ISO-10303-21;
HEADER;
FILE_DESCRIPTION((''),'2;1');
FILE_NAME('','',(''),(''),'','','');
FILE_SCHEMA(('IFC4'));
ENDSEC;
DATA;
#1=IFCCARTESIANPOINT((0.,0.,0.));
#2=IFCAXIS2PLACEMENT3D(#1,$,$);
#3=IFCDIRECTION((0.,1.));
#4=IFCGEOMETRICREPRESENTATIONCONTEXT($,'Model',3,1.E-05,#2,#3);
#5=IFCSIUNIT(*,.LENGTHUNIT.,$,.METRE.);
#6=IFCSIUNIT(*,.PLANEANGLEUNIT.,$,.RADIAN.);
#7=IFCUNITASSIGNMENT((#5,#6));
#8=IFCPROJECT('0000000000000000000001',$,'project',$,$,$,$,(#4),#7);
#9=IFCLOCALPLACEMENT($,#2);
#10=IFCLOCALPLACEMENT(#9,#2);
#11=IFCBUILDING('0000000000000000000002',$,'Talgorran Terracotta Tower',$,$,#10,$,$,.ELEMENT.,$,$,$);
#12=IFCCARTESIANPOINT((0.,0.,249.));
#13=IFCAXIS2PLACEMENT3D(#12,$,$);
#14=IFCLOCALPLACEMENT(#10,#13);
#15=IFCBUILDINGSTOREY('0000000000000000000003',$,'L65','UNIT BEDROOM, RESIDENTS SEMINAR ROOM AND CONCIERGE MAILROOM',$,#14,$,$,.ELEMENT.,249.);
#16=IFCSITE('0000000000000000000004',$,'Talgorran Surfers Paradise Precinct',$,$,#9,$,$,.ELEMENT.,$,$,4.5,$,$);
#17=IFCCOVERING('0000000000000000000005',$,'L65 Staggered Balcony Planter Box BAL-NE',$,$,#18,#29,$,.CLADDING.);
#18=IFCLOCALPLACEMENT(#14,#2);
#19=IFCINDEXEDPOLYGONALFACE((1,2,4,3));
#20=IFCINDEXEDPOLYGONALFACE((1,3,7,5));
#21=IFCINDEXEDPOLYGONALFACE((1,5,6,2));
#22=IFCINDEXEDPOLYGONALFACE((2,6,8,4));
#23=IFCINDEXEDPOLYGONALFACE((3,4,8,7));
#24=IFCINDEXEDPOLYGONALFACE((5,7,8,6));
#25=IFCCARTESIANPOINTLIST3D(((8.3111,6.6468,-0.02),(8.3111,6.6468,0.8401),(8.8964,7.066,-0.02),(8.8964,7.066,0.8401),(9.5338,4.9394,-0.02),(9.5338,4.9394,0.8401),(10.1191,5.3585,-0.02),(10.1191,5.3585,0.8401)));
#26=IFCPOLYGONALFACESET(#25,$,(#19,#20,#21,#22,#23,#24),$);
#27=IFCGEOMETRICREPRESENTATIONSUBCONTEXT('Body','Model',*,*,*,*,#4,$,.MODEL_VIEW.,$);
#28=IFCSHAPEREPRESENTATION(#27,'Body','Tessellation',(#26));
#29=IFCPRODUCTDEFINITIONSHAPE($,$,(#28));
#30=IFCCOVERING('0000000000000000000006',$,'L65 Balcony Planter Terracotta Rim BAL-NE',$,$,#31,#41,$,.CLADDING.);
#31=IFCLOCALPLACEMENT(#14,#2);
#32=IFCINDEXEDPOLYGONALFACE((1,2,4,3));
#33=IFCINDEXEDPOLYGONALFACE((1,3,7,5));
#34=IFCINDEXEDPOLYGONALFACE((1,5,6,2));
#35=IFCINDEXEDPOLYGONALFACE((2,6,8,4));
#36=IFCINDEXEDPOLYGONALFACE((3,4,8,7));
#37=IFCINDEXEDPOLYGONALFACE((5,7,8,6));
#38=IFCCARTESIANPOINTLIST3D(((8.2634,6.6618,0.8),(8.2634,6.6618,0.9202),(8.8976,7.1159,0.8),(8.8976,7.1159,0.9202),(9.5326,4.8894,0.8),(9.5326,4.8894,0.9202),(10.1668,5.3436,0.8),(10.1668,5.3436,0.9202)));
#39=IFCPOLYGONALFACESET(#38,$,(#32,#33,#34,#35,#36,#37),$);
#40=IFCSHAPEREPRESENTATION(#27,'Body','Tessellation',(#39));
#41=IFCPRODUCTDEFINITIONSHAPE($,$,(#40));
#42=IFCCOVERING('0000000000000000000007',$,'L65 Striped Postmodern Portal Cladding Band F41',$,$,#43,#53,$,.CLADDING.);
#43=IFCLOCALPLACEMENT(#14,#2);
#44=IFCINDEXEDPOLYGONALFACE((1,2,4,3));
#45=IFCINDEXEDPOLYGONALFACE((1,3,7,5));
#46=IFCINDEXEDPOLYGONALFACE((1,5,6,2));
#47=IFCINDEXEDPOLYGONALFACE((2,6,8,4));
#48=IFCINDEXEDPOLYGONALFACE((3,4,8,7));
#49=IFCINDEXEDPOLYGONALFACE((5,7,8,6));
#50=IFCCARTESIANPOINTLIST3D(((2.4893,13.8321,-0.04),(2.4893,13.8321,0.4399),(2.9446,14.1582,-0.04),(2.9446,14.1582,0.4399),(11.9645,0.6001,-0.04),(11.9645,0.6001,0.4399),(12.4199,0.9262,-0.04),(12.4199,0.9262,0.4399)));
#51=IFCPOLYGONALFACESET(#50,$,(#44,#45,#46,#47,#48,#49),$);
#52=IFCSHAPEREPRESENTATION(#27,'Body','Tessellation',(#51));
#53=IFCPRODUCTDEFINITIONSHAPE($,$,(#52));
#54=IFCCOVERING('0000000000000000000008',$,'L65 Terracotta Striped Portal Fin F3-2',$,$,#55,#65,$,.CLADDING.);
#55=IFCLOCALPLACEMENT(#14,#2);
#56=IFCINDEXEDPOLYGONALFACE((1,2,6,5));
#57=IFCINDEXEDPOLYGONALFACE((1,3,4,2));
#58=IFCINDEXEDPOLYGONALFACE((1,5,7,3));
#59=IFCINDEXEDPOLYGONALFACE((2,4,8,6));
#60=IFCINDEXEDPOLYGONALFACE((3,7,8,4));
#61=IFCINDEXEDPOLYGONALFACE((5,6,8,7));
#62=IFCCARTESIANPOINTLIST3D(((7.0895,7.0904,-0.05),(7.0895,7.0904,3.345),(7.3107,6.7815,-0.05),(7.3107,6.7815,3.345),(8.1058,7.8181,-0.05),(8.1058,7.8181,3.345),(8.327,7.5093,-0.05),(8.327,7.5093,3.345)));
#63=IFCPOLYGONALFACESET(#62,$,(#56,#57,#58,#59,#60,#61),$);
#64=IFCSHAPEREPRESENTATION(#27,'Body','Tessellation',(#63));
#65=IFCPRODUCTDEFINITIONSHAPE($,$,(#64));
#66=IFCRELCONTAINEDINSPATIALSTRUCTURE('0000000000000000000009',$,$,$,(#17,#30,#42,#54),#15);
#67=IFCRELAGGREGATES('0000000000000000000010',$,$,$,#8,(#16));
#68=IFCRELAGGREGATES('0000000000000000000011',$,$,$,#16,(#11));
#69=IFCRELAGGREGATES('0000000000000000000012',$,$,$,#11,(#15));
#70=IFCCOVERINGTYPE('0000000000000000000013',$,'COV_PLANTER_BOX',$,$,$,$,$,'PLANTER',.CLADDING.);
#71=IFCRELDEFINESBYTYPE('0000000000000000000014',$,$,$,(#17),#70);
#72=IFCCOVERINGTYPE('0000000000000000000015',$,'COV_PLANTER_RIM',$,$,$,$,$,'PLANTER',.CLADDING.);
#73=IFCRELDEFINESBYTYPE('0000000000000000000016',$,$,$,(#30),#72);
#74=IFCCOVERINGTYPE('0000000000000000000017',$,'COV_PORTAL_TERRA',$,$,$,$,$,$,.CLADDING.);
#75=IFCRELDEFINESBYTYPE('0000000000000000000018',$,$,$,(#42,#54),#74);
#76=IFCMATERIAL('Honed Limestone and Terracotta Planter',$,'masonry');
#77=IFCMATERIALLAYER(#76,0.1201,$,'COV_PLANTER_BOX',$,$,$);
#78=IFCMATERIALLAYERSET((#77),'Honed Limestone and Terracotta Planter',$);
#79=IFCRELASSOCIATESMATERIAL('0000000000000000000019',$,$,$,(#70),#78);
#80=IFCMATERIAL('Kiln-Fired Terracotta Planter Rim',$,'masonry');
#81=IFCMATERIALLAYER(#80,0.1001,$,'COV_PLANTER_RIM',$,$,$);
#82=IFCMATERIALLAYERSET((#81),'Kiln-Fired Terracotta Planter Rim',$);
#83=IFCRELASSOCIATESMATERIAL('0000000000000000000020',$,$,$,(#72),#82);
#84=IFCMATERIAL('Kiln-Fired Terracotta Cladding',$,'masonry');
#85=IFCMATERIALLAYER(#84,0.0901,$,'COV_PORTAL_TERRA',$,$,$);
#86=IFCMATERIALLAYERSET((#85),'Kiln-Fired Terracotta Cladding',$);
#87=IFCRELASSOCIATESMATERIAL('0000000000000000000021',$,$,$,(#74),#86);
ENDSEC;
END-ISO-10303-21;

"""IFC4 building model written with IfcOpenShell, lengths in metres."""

from ifc_helpers import new_model, si_unit, direction, frame, origin, origin_2d, place, context, subcontext, project, spatial, rectangle, extrude, material, layer, layer_set, type_object, element, save


model = new_model("IFC4")

# Units and contexts
model_context = context("Model", 3, precision=1e-05, world=origin(), true_north=direction((0.0, 1.0)))
body_context = subcontext(model_context, "Body", "Model", "MODEL_VIEW")
ifc_project = project(units=[si_unit("LENGTHUNIT", "METRE"), si_unit("PLANEANGLEUNIT", "RADIAN")], contexts=[model_context])

# Site, building, storey
site_placement = place(None, origin())
site = spatial("IfcSite", under=ifc_project, at=site_placement, Name="Talgorran Surfers Paradise Precinct", CompositionType="ELEMENT", RefElevation=4.5)
building_placement = place(site_placement, origin())
building = spatial("IfcBuilding", under=site, at=building_placement, Name="Talgorran Terracotta Tower", CompositionType="ELEMENT")
storey_placement = place(building_placement, frame((0.0, 0.0, 249.0)))
storey = spatial("IfcBuildingStorey", under=building, at=storey_placement, Name="L65", Description="UNIT BEDROOM, RESIDENTS SEMINAR ROOM AND CONCIERGE MAILROOM", CompositionType="ELEMENT", Elevation=249.0)

# Coverings
ifc_material_1 = material(Name="Honed Limestone and Terracotta Planter", Category="masonry")
ifc_layer_1 = layer(ifc_material_1, 0.1201, Name="COV_PLANTER_BOX")
ifc_layer_set_1 = layer_set([ifc_layer_1], Name="Honed Limestone and Terracotta Planter")
covering_type_1 = type_object("IfcCoveringType", Name="COV_PLANTER_BOX", ElementType="PLANTER", PredefinedType="CLADDING", material=ifc_layer_set_1)
covering_1_placement = place(storey_placement, frame((9.2151, 6.0027, -0.02), z_axis=(0.0, 0.0, 1.0), x_axis=(-0.582208, 0.81304, 0.0)))
element("IfcCovering", 1, at=covering_1_placement, inside=storey, type_object=covering_type_1, Name="L65 Staggered Balcony Planter Box BAL-NE", PredefinedType="CLADDING", context=body_context, shape_type="SweptSolid", body=[
    extrude(rectangle(XDim=2.1001, YDim=0.72, at=origin_2d()), origin(), (0.0, 0.0, 1.0), 0.8601),
])
ifc_material_2 = material(Name="Kiln-Fired Terracotta Planter Rim", Category="masonry")
ifc_layer_2 = layer(ifc_material_2, 0.1001, Name="COV_PLANTER_RIM")
ifc_layer_set_2 = layer_set([ifc_layer_2], Name="Kiln-Fired Terracotta Planter Rim")
covering_type_2 = type_object("IfcCoveringType", Name="COV_PLANTER_RIM", ElementType="PLANTER", PredefinedType="CLADDING", material=ifc_layer_set_2)
covering_2_placement = place(storey_placement, frame((9.2151, 6.0027, 0.8), z_axis=(0.0, 0.0, 1.0), x_axis=(-0.582208, 0.81304, 0.0)))
element("IfcCovering", 2, at=covering_2_placement, inside=storey, type_object=covering_type_2, Name="L65 Balcony Planter Terracotta Rim BAL-NE", PredefinedType="CLADDING", context=body_context, shape_type="SweptSolid", body=[
    extrude(rectangle(XDim=2.1799, YDim=0.78, at=origin_2d()), origin(), (0.0, 0.0, 1.0), 0.1201),
])
ifc_material_3 = material(Name="Kiln-Fired Terracotta Cladding", Category="masonry")
ifc_layer_3 = layer(ifc_material_3, 0.0901, Name="COV_PORTAL_TERRA")
ifc_layer_set_3 = layer_set([ifc_layer_3], Name="Kiln-Fired Terracotta Cladding")
covering_type_3 = type_object("IfcCoveringType", Name="COV_PORTAL_TERRA", PredefinedType="CLADDING", material=ifc_layer_set_3)
covering_3_placement = place(storey_placement, frame((7.4546, 7.3792, -0.04), z_axis=(0.0, 0.0, 1.0), x_axis=(-0.582208, 0.81304, 0.0)))
element("IfcCovering", 3, at=covering_3_placement, inside=storey, type_object=covering_type_3, Name="L65 Striped Postmodern Portal Cladding Band F41", PredefinedType="CLADDING", context=body_context, shape_type="SweptSolid", body=[
    extrude(rectangle(XDim=16.2747, YDim=0.5601, at=origin_2d()), origin(), (0.0, 0.0, 1.0), 0.48),
])
covering_4_placement = place(storey_placement, frame((7.7083, 7.2998, -0.05), z_axis=(0.0, 0.0, 1.0), x_axis=(-0.582208, 0.81304, 0.0)))
element("IfcCovering", 4, at=covering_4_placement, inside=storey, type_object=covering_type_3, Name="L65 Terracotta Striped Portal Fin F3-2", PredefinedType="CLADDING", context=body_context, shape_type="SweptSolid", body=[
    extrude(rectangle(XDim=0.3799, YDim=1.25, at=origin_2d()), origin(), (0.0, 0.0, 1.0), 3.395),
])

save(model, "model.ifc")
